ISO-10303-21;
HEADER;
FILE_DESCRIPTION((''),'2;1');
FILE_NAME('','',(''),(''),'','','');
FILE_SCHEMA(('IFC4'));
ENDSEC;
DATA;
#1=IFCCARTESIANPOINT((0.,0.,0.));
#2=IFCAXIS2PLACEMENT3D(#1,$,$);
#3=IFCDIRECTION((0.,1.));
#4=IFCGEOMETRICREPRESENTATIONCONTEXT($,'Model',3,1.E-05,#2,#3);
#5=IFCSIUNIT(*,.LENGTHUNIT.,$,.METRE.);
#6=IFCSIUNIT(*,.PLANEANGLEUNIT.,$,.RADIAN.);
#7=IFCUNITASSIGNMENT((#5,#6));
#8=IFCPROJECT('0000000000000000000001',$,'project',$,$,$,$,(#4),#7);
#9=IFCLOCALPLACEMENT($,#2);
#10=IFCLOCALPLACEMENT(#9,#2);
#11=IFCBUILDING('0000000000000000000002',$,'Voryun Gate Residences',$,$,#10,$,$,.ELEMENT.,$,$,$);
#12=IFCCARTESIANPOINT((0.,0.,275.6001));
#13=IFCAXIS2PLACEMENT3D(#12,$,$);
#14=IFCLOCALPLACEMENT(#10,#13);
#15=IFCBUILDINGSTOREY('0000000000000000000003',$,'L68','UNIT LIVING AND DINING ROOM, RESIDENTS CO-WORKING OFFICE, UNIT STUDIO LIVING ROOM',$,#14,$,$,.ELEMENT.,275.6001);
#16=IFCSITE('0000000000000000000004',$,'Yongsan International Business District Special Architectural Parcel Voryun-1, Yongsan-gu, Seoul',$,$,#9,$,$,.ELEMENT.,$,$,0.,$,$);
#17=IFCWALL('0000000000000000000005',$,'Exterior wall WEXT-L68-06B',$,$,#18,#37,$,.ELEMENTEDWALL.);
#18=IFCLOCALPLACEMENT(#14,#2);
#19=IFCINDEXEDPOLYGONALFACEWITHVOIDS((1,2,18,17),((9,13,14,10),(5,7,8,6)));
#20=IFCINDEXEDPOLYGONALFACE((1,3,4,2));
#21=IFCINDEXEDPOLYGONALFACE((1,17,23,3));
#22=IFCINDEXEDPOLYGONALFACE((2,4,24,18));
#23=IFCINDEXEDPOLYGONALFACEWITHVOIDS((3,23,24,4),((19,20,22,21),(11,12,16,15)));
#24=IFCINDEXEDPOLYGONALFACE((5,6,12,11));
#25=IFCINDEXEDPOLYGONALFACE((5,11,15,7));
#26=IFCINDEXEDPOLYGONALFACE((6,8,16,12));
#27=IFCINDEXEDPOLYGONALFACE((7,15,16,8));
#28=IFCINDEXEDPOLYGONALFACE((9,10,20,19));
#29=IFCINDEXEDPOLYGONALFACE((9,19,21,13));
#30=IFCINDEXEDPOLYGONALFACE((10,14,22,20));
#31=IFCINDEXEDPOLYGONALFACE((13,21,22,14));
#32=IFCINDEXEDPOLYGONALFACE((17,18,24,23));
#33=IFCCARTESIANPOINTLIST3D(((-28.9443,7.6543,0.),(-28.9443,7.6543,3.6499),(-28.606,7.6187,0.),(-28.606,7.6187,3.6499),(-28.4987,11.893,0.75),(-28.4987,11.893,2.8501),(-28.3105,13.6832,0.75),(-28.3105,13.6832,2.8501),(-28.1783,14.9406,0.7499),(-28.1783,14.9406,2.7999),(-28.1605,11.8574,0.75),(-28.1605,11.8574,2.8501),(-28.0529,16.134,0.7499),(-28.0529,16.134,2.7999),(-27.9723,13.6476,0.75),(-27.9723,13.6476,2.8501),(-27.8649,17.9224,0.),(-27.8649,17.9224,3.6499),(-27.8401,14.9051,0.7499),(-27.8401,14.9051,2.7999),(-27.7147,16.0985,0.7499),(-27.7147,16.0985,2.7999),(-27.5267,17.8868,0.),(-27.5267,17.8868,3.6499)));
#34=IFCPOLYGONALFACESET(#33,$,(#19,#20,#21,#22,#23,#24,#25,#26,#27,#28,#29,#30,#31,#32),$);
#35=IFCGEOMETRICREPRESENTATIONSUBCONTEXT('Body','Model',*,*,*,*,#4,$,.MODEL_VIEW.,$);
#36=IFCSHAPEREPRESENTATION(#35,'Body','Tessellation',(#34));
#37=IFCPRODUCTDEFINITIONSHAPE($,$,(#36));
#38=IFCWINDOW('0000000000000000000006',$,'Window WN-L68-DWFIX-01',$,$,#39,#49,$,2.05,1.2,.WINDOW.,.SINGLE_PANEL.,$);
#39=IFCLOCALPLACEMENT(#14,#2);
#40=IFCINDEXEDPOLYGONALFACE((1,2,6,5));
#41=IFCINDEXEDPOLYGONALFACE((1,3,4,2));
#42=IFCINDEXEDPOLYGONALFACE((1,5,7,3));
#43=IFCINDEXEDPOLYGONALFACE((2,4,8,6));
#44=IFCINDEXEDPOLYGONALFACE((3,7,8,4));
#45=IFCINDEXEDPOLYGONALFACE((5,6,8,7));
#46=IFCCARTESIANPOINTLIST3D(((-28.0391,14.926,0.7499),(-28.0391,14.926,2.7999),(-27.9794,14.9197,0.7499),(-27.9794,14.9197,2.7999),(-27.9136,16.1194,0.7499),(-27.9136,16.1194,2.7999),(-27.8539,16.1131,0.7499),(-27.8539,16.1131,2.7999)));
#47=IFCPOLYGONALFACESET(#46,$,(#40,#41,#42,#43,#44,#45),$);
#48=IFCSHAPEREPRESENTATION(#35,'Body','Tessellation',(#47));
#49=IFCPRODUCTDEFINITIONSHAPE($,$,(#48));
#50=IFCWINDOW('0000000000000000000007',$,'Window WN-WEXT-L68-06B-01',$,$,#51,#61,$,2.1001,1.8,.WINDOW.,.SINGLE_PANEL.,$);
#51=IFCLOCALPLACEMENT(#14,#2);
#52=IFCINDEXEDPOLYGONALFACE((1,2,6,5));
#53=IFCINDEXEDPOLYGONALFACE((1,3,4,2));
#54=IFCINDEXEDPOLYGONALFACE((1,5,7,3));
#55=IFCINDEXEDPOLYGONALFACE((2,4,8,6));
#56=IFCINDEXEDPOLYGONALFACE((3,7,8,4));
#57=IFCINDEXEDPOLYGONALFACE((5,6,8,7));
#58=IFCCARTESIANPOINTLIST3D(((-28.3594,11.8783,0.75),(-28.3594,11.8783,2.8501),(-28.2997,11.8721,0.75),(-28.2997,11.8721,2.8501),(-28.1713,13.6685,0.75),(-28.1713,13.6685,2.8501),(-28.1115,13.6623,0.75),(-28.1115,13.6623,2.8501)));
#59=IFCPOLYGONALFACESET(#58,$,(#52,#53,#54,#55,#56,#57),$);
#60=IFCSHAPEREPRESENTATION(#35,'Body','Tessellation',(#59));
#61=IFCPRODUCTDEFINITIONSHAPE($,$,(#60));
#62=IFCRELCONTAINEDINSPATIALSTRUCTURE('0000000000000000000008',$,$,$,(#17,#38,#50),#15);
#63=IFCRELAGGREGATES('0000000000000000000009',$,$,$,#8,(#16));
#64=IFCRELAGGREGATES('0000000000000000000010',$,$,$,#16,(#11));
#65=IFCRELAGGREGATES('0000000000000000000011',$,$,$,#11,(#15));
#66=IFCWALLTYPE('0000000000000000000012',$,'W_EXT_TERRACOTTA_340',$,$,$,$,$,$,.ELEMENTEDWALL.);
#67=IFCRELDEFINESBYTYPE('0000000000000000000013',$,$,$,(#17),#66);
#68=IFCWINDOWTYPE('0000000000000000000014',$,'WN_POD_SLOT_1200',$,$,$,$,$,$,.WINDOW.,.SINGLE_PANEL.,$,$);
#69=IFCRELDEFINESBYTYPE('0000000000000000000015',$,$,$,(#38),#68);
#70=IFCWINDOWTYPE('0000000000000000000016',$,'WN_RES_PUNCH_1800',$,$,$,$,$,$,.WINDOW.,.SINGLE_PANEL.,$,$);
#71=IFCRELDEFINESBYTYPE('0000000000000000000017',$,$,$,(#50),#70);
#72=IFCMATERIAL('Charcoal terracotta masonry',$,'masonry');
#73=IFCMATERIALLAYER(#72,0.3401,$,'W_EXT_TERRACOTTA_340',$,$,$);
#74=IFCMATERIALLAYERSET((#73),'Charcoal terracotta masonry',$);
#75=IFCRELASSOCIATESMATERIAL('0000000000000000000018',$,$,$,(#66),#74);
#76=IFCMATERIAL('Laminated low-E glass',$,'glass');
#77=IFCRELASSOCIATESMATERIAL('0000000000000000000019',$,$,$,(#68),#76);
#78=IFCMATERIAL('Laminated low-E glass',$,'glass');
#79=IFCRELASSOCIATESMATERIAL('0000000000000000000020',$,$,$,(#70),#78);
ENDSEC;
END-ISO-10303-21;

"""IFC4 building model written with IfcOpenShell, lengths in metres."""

from ifc_helpers import new_model, si_unit, direction, frame, frame_2d, origin, place, context, subcontext, project, spatial, rectangle, extrude, material, layer, layer_set, type_object, element, fill, save


model = new_model("IFC4")

# Units and contexts
model_context = context("Model", 3, precision=1e-05, world=origin(), true_north=direction((0.0, 1.0)))
body_context = subcontext(model_context, "Body", "Model", "MODEL_VIEW")
ifc_project = project(units=[si_unit("LENGTHUNIT", "METRE"), si_unit("PLANEANGLEUNIT", "RADIAN")], contexts=[model_context])

# Site, building, storey
site_placement = place(None, origin())
site = spatial("IfcSite", under=ifc_project, at=site_placement, Name="Yongsan International Business District Special Architectural Parcel Voryun-1, Yongsan-gu, Seoul", CompositionType="ELEMENT", RefElevation=0.0)
building_placement = place(site_placement, origin())
building = spatial("IfcBuilding", under=site, at=building_placement, Name="Voryun Gate Residences", CompositionType="ELEMENT")
storey_placement = place(building_placement, frame((0.0, 0.0, 275.6001)))
storey = spatial("IfcBuildingStorey", under=building, at=storey_placement, Name="L68", Description="UNIT LIVING AND DINING ROOM, RESIDENTS CO-WORKING OFFICE, UNIT STUDIO LIVING ROOM", CompositionType="ELEMENT", Elevation=275.6001)

# Wall, openings, windows
ifc_material_1 = material(Name="Charcoal terracotta masonry", Category="masonry")
ifc_layer_1 = layer(ifc_material_1, 0.3401, Name="W_EXT_TERRACOTTA_340")
ifc_layer_set_1 = layer_set([ifc_layer_1], Name="Charcoal terracotta masonry")
wall_type_1 = type_object("IfcWallType", Name="W_EXT_TERRACOTTA_340", PredefinedType="ELEMENTEDWALL", material=ifc_layer_set_1)
wall_1_placement = place(storey_placement, frame((-28.7751, 7.6365, 0.0), z_axis=(0.0, 0.0, 1.0), x_axis=(0.104541, 0.994521, 0.0)))
wall_1 = element("IfcWall", 1, at=wall_1_placement, inside=storey, type_object=wall_type_1, Name="Exterior wall WEXT-L68-06B", PredefinedType="ELEMENTEDWALL", context=body_context, shape_type="SweptSolid", body=[
    extrude(rectangle(XDim=10.3247, YDim=0.3401, at=frame_2d((5.1624, 0.0))), origin(), (0.0, 0.0, 1.0), 3.6499),
])
opening_1_placement = place(wall_1_placement, frame((4.2622, 0.0, 0.75)))
opening_1 = element("IfcOpeningElement", 2, at=opening_1_placement, cuts=wall_1, PredefinedType="OPENING", context=body_context, shape_type="SweptSolid", body=[
    extrude(rectangle(XDim=1.8, YDim=2.1001, at=frame_2d((0.8999, 1.05))), frame((0.0, 0.1799, 0.0), z_axis=(0.0, -1.0, 0.0), x_axis=(1.0, 0.0, 0.0)), (0.0, 0.0, 1.0), 0.3601),
])
opening_2_placement = place(wall_1_placement, frame((7.3264, 0.0, 0.75)))
opening_2 = element("IfcOpeningElement", 3, at=opening_2_placement, cuts=wall_1, PredefinedType="OPENING", context=body_context, shape_type="SweptSolid", body=[
    extrude(rectangle(XDim=1.2, YDim=2.05, at=frame_2d((0.6001, 1.0249))), frame((0.0, 0.1799, 0.0), z_axis=(0.0, -1.0, 0.0), x_axis=(1.0, 0.0, 0.0)), (0.0, 0.0, 1.0), 0.3601),
])
ifc_material_2 = material(Name="Laminated low-E glass", Category="glass")
window_type_1 = type_object("IfcWindowType", Name="WN_POD_SLOT_1200", PartitioningType="SINGLE_PANEL", PredefinedType="WINDOW", material=ifc_material_2)
window_1_placement = place(opening_2_placement, origin())
window_1 = element("IfcWindow", 4, at=window_1_placement, inside=storey, type_object=window_type_1, Name="Window WN-L68-DWFIX-01", OverallHeight=2.05, OverallWidth=1.2, PartitioningType="SINGLE_PANEL", PredefinedType="WINDOW", context=body_context, shape_type="SweptSolid", body=[
    extrude(rectangle(XDim=1.2, YDim=2.05, at=frame_2d((0.6001, 1.0249))), frame((0.0, 0.03, 0.0), z_axis=(0.0, -1.0, 0.0), x_axis=(1.0, 0.0, 0.0)), (0.0, 0.0, 1.0), 0.0601),
])
fill(opening_2, window_1)
ifc_material_3 = material(Name="Laminated low-E glass", Category="glass")
window_type_2 = type_object("IfcWindowType", Name="WN_RES_PUNCH_1800", PartitioningType="SINGLE_PANEL", PredefinedType="WINDOW", material=ifc_material_3)
window_2_placement = place(opening_1_placement, origin())
window_2 = element("IfcWindow", 5, at=window_2_placement, inside=storey, type_object=window_type_2, Name="Window WN-WEXT-L68-06B-01", OverallHeight=2.1001, OverallWidth=1.8, PartitioningType="SINGLE_PANEL", PredefinedType="WINDOW", context=body_context, shape_type="SweptSolid", body=[
    extrude(rectangle(XDim=1.8, YDim=2.1001, at=frame_2d((0.8999, 1.05))), frame((0.0, 0.03, 0.0), z_axis=(0.0, -1.0, 0.0), x_axis=(1.0, 0.0, 0.0)), (0.0, 0.0, 1.0), 0.0601),
])
fill(opening_1, window_2)

save(model, "model.ifc")
